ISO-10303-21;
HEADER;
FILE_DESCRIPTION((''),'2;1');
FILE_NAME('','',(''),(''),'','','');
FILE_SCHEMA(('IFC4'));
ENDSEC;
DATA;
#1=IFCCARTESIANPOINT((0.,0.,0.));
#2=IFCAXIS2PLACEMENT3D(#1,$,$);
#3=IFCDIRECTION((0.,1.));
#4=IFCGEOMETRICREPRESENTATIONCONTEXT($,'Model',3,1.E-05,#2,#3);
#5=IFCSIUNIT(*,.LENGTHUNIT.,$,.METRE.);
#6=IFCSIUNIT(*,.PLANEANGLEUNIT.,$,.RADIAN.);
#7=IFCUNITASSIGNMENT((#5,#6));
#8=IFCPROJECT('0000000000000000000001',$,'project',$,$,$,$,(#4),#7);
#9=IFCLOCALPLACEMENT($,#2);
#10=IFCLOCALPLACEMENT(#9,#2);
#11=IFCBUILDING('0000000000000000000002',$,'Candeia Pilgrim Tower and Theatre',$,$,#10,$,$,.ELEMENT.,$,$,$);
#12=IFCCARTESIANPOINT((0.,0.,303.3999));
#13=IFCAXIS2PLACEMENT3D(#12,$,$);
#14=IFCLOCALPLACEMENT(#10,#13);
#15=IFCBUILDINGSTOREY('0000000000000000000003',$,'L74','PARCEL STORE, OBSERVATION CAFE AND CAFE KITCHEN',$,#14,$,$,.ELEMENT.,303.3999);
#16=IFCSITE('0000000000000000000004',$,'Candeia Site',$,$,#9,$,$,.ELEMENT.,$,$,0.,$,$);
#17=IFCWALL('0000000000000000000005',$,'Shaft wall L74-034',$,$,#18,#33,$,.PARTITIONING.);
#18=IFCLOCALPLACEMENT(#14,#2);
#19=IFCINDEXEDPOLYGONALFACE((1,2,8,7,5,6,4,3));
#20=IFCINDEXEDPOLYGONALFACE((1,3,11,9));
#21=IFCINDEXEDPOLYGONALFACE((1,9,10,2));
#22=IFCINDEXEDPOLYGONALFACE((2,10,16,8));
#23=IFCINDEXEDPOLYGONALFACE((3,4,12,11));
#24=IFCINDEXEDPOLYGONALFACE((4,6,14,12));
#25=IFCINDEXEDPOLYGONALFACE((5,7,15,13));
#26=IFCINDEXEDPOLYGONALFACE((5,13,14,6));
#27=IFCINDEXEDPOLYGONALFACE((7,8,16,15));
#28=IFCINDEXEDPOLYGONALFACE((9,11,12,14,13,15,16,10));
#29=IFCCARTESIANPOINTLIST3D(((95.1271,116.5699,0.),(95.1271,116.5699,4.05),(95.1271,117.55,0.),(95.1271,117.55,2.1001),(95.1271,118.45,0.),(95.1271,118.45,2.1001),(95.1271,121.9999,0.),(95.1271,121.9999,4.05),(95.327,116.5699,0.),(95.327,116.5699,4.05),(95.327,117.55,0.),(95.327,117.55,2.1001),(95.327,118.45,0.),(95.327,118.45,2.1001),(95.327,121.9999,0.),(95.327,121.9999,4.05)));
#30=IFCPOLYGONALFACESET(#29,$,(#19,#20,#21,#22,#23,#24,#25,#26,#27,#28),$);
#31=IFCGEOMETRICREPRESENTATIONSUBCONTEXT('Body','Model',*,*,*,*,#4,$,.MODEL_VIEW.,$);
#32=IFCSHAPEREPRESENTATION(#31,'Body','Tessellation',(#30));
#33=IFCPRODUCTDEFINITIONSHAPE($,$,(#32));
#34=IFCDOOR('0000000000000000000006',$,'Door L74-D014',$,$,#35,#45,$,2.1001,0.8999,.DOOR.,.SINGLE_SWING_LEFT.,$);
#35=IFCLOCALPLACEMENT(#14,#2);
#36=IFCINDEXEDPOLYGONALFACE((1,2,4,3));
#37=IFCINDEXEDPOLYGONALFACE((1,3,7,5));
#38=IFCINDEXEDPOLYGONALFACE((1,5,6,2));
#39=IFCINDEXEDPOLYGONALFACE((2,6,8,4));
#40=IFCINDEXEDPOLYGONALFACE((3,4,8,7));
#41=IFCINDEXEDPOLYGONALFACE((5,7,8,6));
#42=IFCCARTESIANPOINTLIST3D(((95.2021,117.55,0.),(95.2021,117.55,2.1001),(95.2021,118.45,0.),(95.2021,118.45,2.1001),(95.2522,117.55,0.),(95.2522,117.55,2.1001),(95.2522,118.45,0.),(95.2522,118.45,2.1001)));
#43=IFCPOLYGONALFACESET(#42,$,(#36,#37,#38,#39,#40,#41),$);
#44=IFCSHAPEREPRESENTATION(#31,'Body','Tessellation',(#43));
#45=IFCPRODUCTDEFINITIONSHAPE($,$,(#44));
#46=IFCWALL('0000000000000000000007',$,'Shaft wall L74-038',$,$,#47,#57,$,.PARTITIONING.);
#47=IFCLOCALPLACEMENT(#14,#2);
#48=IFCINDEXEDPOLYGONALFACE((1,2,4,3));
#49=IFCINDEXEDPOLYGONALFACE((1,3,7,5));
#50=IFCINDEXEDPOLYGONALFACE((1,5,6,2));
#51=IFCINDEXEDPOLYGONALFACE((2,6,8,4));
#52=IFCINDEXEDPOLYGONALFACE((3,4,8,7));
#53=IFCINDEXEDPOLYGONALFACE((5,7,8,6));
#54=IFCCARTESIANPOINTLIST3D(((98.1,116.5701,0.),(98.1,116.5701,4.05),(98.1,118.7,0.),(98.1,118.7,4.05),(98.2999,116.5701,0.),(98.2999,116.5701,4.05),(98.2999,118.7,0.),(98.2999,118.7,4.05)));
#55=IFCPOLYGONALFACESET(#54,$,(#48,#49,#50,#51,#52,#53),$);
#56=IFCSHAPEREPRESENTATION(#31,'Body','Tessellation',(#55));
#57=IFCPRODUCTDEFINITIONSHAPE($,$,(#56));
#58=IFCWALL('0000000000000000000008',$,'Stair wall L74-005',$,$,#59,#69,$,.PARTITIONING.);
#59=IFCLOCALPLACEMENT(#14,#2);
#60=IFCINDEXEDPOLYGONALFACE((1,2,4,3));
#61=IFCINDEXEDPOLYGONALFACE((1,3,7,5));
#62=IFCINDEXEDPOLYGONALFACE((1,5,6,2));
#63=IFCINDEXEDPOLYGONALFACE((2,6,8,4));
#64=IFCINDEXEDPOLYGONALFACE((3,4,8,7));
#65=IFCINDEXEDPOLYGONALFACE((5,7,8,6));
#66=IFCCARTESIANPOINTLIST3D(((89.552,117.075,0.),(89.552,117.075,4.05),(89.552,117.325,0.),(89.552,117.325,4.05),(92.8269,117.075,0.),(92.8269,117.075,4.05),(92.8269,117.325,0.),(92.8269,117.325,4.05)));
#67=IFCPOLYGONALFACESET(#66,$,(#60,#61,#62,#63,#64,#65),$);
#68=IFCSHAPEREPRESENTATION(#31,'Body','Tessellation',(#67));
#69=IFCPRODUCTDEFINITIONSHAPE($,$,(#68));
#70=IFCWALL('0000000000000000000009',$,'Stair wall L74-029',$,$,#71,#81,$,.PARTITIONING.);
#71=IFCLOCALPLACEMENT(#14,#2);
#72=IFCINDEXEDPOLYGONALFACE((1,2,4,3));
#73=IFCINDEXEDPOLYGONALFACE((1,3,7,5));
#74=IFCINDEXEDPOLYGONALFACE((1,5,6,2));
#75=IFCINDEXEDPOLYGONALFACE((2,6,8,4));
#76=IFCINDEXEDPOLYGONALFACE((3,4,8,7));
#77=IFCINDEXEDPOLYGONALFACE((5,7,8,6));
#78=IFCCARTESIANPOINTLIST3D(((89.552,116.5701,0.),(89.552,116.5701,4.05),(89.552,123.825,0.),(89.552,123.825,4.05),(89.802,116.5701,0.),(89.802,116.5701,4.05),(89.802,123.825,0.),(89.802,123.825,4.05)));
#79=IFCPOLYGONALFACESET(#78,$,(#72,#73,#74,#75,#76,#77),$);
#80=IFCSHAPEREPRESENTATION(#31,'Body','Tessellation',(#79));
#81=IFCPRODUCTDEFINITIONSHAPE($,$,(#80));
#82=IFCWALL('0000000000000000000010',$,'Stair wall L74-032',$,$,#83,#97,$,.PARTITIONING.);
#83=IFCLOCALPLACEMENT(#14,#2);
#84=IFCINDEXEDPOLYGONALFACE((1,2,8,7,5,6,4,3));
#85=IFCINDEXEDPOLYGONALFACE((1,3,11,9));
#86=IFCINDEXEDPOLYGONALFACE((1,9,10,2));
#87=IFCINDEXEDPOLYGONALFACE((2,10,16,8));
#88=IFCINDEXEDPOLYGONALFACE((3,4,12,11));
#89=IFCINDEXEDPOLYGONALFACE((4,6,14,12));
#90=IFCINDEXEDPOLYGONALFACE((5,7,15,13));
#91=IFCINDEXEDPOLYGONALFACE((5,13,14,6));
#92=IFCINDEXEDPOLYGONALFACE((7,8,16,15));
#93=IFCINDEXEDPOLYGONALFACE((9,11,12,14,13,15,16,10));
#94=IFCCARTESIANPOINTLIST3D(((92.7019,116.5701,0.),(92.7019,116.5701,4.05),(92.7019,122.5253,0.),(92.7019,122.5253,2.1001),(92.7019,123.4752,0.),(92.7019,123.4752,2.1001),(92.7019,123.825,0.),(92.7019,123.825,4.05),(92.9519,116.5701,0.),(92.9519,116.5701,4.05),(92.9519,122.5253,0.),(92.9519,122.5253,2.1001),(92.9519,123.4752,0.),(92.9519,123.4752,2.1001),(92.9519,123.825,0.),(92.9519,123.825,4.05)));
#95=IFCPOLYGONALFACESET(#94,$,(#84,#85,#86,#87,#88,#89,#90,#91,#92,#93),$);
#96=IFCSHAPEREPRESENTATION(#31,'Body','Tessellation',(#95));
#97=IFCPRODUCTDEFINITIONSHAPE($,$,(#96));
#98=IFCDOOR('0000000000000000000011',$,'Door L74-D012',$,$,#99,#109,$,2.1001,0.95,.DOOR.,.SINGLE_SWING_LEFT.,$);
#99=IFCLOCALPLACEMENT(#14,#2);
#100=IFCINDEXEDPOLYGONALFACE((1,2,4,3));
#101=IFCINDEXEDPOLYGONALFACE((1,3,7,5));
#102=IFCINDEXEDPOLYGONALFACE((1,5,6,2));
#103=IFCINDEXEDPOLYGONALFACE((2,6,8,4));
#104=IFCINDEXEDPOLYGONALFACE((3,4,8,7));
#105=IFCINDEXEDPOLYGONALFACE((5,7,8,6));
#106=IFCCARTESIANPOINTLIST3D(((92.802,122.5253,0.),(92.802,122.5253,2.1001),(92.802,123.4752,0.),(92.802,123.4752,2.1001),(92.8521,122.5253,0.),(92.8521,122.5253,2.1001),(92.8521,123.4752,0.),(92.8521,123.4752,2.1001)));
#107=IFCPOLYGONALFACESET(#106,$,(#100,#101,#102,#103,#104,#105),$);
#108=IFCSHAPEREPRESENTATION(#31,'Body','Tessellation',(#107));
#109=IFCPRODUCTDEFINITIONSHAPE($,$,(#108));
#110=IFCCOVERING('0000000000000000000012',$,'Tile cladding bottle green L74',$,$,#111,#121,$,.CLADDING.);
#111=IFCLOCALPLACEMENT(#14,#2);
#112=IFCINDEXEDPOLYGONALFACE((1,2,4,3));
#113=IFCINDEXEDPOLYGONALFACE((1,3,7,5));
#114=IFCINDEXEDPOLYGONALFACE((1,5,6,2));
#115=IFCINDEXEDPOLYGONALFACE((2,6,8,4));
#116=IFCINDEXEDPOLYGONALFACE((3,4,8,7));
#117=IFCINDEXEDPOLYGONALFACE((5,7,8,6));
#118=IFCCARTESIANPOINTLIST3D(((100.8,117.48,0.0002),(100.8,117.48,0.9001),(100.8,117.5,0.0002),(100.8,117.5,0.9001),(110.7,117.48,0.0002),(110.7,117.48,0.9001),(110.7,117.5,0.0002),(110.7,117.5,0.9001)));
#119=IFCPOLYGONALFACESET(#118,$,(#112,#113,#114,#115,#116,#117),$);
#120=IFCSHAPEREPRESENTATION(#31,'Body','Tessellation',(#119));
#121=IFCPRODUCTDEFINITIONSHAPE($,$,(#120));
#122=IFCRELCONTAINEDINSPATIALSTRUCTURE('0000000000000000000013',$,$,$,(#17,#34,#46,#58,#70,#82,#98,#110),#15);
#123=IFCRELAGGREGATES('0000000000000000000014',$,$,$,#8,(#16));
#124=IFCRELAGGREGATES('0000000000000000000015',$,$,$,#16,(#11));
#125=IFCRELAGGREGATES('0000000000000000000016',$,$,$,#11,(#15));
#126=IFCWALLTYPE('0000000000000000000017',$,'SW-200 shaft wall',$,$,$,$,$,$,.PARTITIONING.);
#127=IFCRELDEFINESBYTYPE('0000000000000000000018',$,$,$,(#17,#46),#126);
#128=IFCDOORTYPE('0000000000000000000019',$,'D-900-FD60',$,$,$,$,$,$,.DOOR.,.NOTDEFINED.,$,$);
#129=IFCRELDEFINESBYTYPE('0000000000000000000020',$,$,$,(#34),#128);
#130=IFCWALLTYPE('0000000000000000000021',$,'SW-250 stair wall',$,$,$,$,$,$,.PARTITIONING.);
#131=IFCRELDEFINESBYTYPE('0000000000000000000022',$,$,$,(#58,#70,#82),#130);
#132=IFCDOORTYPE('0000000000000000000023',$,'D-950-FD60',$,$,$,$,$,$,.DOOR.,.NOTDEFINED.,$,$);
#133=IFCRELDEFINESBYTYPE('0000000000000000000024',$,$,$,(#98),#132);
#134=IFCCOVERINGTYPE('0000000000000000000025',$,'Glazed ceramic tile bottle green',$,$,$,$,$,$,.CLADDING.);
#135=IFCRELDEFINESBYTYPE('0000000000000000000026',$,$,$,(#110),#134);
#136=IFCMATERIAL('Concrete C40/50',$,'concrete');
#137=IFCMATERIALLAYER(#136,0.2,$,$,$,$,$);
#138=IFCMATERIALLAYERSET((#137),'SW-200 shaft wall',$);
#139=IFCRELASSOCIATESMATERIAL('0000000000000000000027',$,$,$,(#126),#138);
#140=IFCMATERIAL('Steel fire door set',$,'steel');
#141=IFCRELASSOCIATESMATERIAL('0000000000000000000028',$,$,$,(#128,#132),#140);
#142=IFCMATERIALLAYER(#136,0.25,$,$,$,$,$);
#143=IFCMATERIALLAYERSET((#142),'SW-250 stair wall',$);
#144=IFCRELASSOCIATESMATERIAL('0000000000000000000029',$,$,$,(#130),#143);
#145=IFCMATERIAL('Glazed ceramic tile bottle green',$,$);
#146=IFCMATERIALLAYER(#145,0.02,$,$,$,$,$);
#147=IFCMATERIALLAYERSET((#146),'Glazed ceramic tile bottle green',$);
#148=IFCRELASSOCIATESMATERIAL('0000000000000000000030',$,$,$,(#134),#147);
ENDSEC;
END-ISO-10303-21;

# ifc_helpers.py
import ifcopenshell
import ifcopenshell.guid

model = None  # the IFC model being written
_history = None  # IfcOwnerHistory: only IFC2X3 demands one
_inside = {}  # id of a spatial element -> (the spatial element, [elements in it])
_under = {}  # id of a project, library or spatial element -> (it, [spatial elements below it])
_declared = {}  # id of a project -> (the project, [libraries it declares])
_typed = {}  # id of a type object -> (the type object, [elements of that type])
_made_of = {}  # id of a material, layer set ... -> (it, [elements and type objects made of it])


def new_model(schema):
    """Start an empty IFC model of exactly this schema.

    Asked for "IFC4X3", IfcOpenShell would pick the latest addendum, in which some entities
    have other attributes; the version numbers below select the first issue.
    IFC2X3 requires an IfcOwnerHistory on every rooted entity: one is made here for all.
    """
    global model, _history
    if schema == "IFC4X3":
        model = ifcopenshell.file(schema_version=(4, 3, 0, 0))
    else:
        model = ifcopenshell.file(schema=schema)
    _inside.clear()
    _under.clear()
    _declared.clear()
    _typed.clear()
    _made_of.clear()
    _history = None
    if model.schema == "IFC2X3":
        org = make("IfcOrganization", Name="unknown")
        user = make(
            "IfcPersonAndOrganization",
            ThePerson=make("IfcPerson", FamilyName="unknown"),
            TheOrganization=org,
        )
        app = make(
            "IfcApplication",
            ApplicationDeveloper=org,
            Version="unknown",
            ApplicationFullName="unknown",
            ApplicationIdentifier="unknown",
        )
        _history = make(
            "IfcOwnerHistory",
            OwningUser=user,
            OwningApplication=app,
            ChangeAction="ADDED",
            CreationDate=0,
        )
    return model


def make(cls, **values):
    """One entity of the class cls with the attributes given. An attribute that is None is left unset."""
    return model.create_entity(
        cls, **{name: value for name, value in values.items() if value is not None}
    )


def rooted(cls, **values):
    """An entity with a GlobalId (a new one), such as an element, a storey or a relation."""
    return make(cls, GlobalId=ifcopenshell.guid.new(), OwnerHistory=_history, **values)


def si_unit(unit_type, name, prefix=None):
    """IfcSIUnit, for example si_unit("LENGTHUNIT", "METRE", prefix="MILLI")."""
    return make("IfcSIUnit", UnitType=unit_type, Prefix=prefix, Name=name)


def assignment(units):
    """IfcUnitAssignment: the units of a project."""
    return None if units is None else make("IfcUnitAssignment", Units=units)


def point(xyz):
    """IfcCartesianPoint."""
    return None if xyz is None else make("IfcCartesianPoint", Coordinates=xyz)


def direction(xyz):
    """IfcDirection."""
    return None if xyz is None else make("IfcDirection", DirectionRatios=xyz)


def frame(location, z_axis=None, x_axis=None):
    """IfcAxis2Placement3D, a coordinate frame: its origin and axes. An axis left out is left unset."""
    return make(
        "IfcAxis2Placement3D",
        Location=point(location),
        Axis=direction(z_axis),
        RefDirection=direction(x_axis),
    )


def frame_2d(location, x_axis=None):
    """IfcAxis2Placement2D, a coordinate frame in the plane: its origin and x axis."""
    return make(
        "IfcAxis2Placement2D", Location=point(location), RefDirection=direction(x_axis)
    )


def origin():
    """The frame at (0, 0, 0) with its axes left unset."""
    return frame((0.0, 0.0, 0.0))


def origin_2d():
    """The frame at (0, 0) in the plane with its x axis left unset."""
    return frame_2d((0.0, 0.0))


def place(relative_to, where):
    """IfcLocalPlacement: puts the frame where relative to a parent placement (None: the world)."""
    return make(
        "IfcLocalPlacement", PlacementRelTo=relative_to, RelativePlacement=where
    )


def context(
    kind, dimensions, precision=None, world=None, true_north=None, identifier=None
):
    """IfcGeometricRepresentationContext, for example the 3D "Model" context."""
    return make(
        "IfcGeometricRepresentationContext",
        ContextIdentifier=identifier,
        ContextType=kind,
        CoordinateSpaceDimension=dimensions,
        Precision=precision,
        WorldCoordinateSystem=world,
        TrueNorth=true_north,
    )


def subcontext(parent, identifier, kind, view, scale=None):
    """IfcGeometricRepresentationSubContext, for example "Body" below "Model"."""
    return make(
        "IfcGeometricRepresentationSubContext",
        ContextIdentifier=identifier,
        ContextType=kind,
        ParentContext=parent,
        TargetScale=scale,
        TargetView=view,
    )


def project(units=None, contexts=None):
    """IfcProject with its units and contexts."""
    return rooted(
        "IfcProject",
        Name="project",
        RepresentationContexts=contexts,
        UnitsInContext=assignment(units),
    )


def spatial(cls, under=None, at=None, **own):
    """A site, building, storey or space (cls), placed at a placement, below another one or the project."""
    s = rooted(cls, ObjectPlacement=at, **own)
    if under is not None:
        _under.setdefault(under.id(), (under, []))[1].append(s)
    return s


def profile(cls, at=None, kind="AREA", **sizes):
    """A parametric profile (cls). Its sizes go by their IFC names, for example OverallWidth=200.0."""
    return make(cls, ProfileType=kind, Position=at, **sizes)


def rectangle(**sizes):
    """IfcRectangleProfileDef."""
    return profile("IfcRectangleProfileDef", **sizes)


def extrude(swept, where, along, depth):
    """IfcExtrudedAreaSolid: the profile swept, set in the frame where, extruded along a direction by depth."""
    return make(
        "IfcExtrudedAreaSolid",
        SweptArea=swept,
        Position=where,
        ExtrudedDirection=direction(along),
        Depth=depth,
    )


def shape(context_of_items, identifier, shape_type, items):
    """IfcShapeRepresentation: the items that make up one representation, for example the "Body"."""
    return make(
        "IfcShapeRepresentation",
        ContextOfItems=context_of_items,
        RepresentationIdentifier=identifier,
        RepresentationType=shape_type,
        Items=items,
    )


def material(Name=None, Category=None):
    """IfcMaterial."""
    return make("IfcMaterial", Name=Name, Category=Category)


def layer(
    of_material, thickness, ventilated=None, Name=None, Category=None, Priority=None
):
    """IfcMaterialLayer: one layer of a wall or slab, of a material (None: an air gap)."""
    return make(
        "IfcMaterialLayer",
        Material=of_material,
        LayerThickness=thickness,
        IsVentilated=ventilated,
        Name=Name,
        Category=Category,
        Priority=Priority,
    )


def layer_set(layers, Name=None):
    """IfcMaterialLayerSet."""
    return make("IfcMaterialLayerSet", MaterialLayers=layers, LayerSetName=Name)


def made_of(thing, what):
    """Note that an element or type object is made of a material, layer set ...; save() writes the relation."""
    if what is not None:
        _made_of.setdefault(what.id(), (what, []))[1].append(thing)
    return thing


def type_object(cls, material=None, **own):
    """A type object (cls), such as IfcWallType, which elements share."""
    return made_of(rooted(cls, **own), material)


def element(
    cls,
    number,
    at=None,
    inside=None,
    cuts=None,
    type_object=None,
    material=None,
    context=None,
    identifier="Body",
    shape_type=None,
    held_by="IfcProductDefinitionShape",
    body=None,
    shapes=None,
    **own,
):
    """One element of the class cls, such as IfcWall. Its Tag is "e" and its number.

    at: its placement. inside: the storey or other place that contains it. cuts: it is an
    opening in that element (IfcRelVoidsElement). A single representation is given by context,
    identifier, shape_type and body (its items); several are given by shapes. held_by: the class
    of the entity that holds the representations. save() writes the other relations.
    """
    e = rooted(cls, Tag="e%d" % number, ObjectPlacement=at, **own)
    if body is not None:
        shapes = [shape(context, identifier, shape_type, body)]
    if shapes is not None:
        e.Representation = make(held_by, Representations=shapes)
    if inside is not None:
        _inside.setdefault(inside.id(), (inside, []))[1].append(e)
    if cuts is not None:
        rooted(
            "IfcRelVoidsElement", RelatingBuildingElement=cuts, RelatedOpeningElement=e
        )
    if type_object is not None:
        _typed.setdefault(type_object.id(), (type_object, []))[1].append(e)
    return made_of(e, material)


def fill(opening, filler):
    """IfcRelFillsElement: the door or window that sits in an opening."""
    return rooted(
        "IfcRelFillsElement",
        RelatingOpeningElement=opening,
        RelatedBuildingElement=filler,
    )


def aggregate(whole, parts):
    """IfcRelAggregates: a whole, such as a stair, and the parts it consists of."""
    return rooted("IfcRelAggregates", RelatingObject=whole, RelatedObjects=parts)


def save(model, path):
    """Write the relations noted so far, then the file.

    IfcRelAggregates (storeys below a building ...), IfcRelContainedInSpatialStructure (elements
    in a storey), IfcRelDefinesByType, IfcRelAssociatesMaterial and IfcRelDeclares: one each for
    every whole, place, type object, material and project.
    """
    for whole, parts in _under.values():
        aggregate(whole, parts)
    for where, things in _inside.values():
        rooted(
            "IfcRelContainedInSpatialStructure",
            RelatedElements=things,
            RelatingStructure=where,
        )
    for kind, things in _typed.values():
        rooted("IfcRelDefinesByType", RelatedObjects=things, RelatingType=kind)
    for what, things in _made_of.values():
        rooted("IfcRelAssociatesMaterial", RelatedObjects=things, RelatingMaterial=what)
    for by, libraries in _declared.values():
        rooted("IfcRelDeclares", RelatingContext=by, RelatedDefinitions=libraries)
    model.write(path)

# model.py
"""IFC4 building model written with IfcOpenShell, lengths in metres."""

from ifc_helpers import new_model, si_unit, direction, frame, frame_2d, origin, origin_2d, place, context, subcontext, project, spatial, rectangle, extrude, material, layer, layer_set, type_object, element, fill, save


model = new_model("IFC4")

# Units and contexts
model_context = context("Model", 3, precision=1e-05, world=origin(), true_north=direction((0.0, 1.0)))
body_context = subcontext(model_context, "Body", "Model", "MODEL_VIEW")
ifc_project = project(units=[si_unit("LENGTHUNIT", "METRE"), si_unit("PLANEANGLEUNIT", "RADIAN")], contexts=[model_context])

# Site, building, storey
site_placement = place(None, origin())
site = spatial("IfcSite", under=ifc_project, at=site_placement, Name="Candeia Site", CompositionType="ELEMENT", RefElevation=0.0)
building_placement = place(site_placement, origin())
building = spatial("IfcBuilding", under=site, at=building_placement, Name="Candeia Pilgrim Tower and Theatre", CompositionType="ELEMENT")
storey_placement = place(building_placement, frame((0.0, 0.0, 303.3999)))
storey = spatial("IfcBuildingStorey", under=building, at=storey_placement, Name="L74", Description="PARCEL STORE, OBSERVATION CAFE AND CAFE KITCHEN", CompositionType="ELEMENT", Elevation=303.3999)

# Shared definitions
ifc_material_1 = material(Name="Concrete C40/50", Category="concrete")

# Shared definitions
ifc_layer_1 = layer(ifc_material_1, 0.2)
ifc_layer_set_1 = layer_set([ifc_layer_1], Name="SW-200 shaft wall")
wall_type_1 = type_object("IfcWallType", Name="SW-200 shaft wall", PredefinedType="PARTITIONING", material=ifc_layer_set_1)

# Wall, opening, door
wall_1_placement = place(storey_placement, frame((95.2271, 116.5701, 0.0), z_axis=(0.0, 0.0, 1.0), x_axis=(0.0, 1.0, 0.0)))
wall_1 = element("IfcWall", 1, at=wall_1_placement, inside=storey, type_object=wall_type_1, Name="Shaft wall L74-034", PredefinedType="PARTITIONING", context=body_context, shape_type="SweptSolid", body=[
    extrude(rectangle(XDim=5.4299, YDim=0.2, at=frame_2d((2.7148, 0.0))), origin(), (0.0, 0.0, 1.0), 4.05),
])
opening_1_placement = place(wall_1_placement, frame((0.98, 0.0, 0.0)))
opening_1 = element("IfcOpeningElement", 2, at=opening_1_placement, cuts=wall_1, PredefinedType="OPENING", context=body_context, shape_type="SweptSolid", body=[
    extrude(rectangle(XDim=0.8999, YDim=2.1001, at=frame_2d((0.45, 1.05))), frame((0.0, 0.1099, 0.0), z_axis=(0.0, -1.0, 0.0), x_axis=(1.0, 0.0, 0.0)), (0.0, 0.0, 1.0), 0.22),
])
ifc_material_2 = material(Name="Steel fire door set", Category="steel")
door_type_1 = type_object("IfcDoorType", Name="D-900-FD60", OperationType="NOTDEFINED", PredefinedType="DOOR", material=ifc_material_2)
door_1_placement = place(opening_1_placement, origin())
door_1 = element("IfcDoor", 3, at=door_1_placement, inside=storey, type_object=door_type_1, Name="Door L74-D014", OperationType="SINGLE_SWING_LEFT", OverallHeight=2.1001, OverallWidth=0.8999, PredefinedType="DOOR", context=body_context, shape_type="SweptSolid", body=[
    extrude(rectangle(XDim=0.8999, YDim=2.1001, at=frame_2d((0.45, 1.05))), frame((0.0, 0.0249, 0.0), z_axis=(0.0, -1.0, 0.0), x_axis=(1.0, 0.0, 0.0)), (0.0, 0.0, 1.0), 0.05),
])
fill(opening_1, door_1)

# Walls
wall_2_placement = place(storey_placement, frame((98.2, 116.5701, 0.0), z_axis=(0.0, 0.0, 1.0), x_axis=(0.0, 1.0, 0.0)))
element("IfcWall", 4, at=wall_2_placement, inside=storey, type_object=wall_type_1, Name="Shaft wall L74-038", PredefinedType="PARTITIONING", context=body_context, shape_type="SweptSolid", body=[
    extrude(rectangle(XDim=2.1299, YDim=0.2, at=frame_2d((1.0649, 0.0))), origin(), (0.0, 0.0, 1.0), 4.05),
])
ifc_layer_2 = layer(ifc_material_1, 0.25)
ifc_layer_set_2 = layer_set([ifc_layer_2], Name="SW-250 stair wall")
wall_type_2 = type_object("IfcWallType", Name="SW-250 stair wall", PredefinedType="PARTITIONING", material=ifc_layer_set_2)
wall_3_placement = place(storey_placement, frame((89.552, 117.2, 0.0), z_axis=(0.0, 0.0, 1.0), x_axis=(1.0, 0.0, 0.0)))
element("IfcWall", 5, at=wall_3_placement, inside=storey, type_object=wall_type_2, Name="Stair wall L74-005", PredefinedType="PARTITIONING", context=body_context, shape_type="SweptSolid", body=[
    extrude(rectangle(XDim=3.2749, YDim=0.25, at=frame_2d((1.6375, 0.0))), origin(), (0.0, 0.0, 1.0), 4.05),
])
wall_4_placement = place(storey_placement, frame((89.677, 116.5701, 0.0), z_axis=(0.0, 0.0, 1.0), x_axis=(0.0, 1.0, 0.0)))
element("IfcWall", 6, at=wall_4_placement, inside=storey, type_object=wall_type_2, Name="Stair wall L74-029", PredefinedType="PARTITIONING", context=body_context, shape_type="SweptSolid", body=[
    extrude(rectangle(XDim=7.2549, YDim=0.25, at=frame_2d((3.6274, 0.0))), origin(), (0.0, 0.0, 1.0), 4.05),
])

# Wall, opening, door
wall_5_placement = place(storey_placement, frame((92.8269, 116.5701, 0.0), z_axis=(0.0, 0.0, 1.0), x_axis=(0.0, 1.0, 0.0)))
wall_5 = element("IfcWall", 7, at=wall_5_placement, inside=storey, type_object=wall_type_2, Name="Stair wall L74-032", PredefinedType="PARTITIONING", context=body_context, shape_type="SweptSolid", body=[
    extrude(rectangle(XDim=7.2549, YDim=0.25, at=frame_2d((3.6274, 0.0))), origin(), (0.0, 0.0, 1.0), 4.05),
])
opening_2_placement = place(wall_5_placement, frame((5.9551, 0.0, 0.0)))
opening_2 = element("IfcOpeningElement", 8, at=opening_2_placement, cuts=wall_5, PredefinedType="OPENING", context=body_context, shape_type="SweptSolid", body=[
    extrude(rectangle(XDim=0.95, YDim=2.1001, at=frame_2d((0.4751, 1.05))), frame((0.0, 0.135, 0.0), z_axis=(0.0, -1.0, 0.0), x_axis=(1.0, 0.0, 0.0)), (0.0, 0.0, 1.0), 0.27),
])
door_type_2 = type_object("IfcDoorType", Name="D-950-FD60", OperationType="NOTDEFINED", PredefinedType="DOOR", material=ifc_material_2)
door_2_placement = place(opening_2_placement, origin())
door_2 = element("IfcDoor", 9, at=door_2_placement, inside=storey, type_object=door_type_2, Name="Door L74-D012", OperationType="SINGLE_SWING_LEFT", OverallHeight=2.1001, OverallWidth=0.95, PredefinedType="DOOR", context=body_context, shape_type="SweptSolid", body=[
    extrude(rectangle(XDim=0.95, YDim=2.1001, at=frame_2d((0.4751, 1.05))), frame((0.0, 0.0249, 0.0), z_axis=(0.0, -1.0, 0.0), x_axis=(1.0, 0.0, 0.0)), (0.0, 0.0, 1.0), 0.05),
])
fill(opening_2, door_2)

# Covering
ifc_material_3 = material(Name="Glazed ceramic tile bottle green")
ifc_layer_3 = layer(ifc_material_3, 0.02)
ifc_layer_set_3 = layer_set([ifc_layer_3], Name="Glazed ceramic tile bottle green")
covering_type = type_object("IfcCoveringType", Name="Glazed ceramic tile bottle green", PredefinedType="CLADDING", material=ifc_layer_set_3)
covering_placement = place(storey_placement, frame((105.75, 117.49, 0.0002), z_axis=(0.0, 0.0, 1.0), x_axis=(1.0, 0.0, 0.0)))
element("IfcCovering", 10, at=covering_placement, inside=storey, type_object=covering_type, Name="Tile cladding bottle green L74", PredefinedType="CLADDING", context=body_context, shape_type="SweptSolid", body=[
    extrude(rectangle(XDim=9.8999, YDim=0.02, at=origin_2d()), origin(), (0.0, 0.0, 1.0), 0.8999),
])

save(model, "model.ifc")
